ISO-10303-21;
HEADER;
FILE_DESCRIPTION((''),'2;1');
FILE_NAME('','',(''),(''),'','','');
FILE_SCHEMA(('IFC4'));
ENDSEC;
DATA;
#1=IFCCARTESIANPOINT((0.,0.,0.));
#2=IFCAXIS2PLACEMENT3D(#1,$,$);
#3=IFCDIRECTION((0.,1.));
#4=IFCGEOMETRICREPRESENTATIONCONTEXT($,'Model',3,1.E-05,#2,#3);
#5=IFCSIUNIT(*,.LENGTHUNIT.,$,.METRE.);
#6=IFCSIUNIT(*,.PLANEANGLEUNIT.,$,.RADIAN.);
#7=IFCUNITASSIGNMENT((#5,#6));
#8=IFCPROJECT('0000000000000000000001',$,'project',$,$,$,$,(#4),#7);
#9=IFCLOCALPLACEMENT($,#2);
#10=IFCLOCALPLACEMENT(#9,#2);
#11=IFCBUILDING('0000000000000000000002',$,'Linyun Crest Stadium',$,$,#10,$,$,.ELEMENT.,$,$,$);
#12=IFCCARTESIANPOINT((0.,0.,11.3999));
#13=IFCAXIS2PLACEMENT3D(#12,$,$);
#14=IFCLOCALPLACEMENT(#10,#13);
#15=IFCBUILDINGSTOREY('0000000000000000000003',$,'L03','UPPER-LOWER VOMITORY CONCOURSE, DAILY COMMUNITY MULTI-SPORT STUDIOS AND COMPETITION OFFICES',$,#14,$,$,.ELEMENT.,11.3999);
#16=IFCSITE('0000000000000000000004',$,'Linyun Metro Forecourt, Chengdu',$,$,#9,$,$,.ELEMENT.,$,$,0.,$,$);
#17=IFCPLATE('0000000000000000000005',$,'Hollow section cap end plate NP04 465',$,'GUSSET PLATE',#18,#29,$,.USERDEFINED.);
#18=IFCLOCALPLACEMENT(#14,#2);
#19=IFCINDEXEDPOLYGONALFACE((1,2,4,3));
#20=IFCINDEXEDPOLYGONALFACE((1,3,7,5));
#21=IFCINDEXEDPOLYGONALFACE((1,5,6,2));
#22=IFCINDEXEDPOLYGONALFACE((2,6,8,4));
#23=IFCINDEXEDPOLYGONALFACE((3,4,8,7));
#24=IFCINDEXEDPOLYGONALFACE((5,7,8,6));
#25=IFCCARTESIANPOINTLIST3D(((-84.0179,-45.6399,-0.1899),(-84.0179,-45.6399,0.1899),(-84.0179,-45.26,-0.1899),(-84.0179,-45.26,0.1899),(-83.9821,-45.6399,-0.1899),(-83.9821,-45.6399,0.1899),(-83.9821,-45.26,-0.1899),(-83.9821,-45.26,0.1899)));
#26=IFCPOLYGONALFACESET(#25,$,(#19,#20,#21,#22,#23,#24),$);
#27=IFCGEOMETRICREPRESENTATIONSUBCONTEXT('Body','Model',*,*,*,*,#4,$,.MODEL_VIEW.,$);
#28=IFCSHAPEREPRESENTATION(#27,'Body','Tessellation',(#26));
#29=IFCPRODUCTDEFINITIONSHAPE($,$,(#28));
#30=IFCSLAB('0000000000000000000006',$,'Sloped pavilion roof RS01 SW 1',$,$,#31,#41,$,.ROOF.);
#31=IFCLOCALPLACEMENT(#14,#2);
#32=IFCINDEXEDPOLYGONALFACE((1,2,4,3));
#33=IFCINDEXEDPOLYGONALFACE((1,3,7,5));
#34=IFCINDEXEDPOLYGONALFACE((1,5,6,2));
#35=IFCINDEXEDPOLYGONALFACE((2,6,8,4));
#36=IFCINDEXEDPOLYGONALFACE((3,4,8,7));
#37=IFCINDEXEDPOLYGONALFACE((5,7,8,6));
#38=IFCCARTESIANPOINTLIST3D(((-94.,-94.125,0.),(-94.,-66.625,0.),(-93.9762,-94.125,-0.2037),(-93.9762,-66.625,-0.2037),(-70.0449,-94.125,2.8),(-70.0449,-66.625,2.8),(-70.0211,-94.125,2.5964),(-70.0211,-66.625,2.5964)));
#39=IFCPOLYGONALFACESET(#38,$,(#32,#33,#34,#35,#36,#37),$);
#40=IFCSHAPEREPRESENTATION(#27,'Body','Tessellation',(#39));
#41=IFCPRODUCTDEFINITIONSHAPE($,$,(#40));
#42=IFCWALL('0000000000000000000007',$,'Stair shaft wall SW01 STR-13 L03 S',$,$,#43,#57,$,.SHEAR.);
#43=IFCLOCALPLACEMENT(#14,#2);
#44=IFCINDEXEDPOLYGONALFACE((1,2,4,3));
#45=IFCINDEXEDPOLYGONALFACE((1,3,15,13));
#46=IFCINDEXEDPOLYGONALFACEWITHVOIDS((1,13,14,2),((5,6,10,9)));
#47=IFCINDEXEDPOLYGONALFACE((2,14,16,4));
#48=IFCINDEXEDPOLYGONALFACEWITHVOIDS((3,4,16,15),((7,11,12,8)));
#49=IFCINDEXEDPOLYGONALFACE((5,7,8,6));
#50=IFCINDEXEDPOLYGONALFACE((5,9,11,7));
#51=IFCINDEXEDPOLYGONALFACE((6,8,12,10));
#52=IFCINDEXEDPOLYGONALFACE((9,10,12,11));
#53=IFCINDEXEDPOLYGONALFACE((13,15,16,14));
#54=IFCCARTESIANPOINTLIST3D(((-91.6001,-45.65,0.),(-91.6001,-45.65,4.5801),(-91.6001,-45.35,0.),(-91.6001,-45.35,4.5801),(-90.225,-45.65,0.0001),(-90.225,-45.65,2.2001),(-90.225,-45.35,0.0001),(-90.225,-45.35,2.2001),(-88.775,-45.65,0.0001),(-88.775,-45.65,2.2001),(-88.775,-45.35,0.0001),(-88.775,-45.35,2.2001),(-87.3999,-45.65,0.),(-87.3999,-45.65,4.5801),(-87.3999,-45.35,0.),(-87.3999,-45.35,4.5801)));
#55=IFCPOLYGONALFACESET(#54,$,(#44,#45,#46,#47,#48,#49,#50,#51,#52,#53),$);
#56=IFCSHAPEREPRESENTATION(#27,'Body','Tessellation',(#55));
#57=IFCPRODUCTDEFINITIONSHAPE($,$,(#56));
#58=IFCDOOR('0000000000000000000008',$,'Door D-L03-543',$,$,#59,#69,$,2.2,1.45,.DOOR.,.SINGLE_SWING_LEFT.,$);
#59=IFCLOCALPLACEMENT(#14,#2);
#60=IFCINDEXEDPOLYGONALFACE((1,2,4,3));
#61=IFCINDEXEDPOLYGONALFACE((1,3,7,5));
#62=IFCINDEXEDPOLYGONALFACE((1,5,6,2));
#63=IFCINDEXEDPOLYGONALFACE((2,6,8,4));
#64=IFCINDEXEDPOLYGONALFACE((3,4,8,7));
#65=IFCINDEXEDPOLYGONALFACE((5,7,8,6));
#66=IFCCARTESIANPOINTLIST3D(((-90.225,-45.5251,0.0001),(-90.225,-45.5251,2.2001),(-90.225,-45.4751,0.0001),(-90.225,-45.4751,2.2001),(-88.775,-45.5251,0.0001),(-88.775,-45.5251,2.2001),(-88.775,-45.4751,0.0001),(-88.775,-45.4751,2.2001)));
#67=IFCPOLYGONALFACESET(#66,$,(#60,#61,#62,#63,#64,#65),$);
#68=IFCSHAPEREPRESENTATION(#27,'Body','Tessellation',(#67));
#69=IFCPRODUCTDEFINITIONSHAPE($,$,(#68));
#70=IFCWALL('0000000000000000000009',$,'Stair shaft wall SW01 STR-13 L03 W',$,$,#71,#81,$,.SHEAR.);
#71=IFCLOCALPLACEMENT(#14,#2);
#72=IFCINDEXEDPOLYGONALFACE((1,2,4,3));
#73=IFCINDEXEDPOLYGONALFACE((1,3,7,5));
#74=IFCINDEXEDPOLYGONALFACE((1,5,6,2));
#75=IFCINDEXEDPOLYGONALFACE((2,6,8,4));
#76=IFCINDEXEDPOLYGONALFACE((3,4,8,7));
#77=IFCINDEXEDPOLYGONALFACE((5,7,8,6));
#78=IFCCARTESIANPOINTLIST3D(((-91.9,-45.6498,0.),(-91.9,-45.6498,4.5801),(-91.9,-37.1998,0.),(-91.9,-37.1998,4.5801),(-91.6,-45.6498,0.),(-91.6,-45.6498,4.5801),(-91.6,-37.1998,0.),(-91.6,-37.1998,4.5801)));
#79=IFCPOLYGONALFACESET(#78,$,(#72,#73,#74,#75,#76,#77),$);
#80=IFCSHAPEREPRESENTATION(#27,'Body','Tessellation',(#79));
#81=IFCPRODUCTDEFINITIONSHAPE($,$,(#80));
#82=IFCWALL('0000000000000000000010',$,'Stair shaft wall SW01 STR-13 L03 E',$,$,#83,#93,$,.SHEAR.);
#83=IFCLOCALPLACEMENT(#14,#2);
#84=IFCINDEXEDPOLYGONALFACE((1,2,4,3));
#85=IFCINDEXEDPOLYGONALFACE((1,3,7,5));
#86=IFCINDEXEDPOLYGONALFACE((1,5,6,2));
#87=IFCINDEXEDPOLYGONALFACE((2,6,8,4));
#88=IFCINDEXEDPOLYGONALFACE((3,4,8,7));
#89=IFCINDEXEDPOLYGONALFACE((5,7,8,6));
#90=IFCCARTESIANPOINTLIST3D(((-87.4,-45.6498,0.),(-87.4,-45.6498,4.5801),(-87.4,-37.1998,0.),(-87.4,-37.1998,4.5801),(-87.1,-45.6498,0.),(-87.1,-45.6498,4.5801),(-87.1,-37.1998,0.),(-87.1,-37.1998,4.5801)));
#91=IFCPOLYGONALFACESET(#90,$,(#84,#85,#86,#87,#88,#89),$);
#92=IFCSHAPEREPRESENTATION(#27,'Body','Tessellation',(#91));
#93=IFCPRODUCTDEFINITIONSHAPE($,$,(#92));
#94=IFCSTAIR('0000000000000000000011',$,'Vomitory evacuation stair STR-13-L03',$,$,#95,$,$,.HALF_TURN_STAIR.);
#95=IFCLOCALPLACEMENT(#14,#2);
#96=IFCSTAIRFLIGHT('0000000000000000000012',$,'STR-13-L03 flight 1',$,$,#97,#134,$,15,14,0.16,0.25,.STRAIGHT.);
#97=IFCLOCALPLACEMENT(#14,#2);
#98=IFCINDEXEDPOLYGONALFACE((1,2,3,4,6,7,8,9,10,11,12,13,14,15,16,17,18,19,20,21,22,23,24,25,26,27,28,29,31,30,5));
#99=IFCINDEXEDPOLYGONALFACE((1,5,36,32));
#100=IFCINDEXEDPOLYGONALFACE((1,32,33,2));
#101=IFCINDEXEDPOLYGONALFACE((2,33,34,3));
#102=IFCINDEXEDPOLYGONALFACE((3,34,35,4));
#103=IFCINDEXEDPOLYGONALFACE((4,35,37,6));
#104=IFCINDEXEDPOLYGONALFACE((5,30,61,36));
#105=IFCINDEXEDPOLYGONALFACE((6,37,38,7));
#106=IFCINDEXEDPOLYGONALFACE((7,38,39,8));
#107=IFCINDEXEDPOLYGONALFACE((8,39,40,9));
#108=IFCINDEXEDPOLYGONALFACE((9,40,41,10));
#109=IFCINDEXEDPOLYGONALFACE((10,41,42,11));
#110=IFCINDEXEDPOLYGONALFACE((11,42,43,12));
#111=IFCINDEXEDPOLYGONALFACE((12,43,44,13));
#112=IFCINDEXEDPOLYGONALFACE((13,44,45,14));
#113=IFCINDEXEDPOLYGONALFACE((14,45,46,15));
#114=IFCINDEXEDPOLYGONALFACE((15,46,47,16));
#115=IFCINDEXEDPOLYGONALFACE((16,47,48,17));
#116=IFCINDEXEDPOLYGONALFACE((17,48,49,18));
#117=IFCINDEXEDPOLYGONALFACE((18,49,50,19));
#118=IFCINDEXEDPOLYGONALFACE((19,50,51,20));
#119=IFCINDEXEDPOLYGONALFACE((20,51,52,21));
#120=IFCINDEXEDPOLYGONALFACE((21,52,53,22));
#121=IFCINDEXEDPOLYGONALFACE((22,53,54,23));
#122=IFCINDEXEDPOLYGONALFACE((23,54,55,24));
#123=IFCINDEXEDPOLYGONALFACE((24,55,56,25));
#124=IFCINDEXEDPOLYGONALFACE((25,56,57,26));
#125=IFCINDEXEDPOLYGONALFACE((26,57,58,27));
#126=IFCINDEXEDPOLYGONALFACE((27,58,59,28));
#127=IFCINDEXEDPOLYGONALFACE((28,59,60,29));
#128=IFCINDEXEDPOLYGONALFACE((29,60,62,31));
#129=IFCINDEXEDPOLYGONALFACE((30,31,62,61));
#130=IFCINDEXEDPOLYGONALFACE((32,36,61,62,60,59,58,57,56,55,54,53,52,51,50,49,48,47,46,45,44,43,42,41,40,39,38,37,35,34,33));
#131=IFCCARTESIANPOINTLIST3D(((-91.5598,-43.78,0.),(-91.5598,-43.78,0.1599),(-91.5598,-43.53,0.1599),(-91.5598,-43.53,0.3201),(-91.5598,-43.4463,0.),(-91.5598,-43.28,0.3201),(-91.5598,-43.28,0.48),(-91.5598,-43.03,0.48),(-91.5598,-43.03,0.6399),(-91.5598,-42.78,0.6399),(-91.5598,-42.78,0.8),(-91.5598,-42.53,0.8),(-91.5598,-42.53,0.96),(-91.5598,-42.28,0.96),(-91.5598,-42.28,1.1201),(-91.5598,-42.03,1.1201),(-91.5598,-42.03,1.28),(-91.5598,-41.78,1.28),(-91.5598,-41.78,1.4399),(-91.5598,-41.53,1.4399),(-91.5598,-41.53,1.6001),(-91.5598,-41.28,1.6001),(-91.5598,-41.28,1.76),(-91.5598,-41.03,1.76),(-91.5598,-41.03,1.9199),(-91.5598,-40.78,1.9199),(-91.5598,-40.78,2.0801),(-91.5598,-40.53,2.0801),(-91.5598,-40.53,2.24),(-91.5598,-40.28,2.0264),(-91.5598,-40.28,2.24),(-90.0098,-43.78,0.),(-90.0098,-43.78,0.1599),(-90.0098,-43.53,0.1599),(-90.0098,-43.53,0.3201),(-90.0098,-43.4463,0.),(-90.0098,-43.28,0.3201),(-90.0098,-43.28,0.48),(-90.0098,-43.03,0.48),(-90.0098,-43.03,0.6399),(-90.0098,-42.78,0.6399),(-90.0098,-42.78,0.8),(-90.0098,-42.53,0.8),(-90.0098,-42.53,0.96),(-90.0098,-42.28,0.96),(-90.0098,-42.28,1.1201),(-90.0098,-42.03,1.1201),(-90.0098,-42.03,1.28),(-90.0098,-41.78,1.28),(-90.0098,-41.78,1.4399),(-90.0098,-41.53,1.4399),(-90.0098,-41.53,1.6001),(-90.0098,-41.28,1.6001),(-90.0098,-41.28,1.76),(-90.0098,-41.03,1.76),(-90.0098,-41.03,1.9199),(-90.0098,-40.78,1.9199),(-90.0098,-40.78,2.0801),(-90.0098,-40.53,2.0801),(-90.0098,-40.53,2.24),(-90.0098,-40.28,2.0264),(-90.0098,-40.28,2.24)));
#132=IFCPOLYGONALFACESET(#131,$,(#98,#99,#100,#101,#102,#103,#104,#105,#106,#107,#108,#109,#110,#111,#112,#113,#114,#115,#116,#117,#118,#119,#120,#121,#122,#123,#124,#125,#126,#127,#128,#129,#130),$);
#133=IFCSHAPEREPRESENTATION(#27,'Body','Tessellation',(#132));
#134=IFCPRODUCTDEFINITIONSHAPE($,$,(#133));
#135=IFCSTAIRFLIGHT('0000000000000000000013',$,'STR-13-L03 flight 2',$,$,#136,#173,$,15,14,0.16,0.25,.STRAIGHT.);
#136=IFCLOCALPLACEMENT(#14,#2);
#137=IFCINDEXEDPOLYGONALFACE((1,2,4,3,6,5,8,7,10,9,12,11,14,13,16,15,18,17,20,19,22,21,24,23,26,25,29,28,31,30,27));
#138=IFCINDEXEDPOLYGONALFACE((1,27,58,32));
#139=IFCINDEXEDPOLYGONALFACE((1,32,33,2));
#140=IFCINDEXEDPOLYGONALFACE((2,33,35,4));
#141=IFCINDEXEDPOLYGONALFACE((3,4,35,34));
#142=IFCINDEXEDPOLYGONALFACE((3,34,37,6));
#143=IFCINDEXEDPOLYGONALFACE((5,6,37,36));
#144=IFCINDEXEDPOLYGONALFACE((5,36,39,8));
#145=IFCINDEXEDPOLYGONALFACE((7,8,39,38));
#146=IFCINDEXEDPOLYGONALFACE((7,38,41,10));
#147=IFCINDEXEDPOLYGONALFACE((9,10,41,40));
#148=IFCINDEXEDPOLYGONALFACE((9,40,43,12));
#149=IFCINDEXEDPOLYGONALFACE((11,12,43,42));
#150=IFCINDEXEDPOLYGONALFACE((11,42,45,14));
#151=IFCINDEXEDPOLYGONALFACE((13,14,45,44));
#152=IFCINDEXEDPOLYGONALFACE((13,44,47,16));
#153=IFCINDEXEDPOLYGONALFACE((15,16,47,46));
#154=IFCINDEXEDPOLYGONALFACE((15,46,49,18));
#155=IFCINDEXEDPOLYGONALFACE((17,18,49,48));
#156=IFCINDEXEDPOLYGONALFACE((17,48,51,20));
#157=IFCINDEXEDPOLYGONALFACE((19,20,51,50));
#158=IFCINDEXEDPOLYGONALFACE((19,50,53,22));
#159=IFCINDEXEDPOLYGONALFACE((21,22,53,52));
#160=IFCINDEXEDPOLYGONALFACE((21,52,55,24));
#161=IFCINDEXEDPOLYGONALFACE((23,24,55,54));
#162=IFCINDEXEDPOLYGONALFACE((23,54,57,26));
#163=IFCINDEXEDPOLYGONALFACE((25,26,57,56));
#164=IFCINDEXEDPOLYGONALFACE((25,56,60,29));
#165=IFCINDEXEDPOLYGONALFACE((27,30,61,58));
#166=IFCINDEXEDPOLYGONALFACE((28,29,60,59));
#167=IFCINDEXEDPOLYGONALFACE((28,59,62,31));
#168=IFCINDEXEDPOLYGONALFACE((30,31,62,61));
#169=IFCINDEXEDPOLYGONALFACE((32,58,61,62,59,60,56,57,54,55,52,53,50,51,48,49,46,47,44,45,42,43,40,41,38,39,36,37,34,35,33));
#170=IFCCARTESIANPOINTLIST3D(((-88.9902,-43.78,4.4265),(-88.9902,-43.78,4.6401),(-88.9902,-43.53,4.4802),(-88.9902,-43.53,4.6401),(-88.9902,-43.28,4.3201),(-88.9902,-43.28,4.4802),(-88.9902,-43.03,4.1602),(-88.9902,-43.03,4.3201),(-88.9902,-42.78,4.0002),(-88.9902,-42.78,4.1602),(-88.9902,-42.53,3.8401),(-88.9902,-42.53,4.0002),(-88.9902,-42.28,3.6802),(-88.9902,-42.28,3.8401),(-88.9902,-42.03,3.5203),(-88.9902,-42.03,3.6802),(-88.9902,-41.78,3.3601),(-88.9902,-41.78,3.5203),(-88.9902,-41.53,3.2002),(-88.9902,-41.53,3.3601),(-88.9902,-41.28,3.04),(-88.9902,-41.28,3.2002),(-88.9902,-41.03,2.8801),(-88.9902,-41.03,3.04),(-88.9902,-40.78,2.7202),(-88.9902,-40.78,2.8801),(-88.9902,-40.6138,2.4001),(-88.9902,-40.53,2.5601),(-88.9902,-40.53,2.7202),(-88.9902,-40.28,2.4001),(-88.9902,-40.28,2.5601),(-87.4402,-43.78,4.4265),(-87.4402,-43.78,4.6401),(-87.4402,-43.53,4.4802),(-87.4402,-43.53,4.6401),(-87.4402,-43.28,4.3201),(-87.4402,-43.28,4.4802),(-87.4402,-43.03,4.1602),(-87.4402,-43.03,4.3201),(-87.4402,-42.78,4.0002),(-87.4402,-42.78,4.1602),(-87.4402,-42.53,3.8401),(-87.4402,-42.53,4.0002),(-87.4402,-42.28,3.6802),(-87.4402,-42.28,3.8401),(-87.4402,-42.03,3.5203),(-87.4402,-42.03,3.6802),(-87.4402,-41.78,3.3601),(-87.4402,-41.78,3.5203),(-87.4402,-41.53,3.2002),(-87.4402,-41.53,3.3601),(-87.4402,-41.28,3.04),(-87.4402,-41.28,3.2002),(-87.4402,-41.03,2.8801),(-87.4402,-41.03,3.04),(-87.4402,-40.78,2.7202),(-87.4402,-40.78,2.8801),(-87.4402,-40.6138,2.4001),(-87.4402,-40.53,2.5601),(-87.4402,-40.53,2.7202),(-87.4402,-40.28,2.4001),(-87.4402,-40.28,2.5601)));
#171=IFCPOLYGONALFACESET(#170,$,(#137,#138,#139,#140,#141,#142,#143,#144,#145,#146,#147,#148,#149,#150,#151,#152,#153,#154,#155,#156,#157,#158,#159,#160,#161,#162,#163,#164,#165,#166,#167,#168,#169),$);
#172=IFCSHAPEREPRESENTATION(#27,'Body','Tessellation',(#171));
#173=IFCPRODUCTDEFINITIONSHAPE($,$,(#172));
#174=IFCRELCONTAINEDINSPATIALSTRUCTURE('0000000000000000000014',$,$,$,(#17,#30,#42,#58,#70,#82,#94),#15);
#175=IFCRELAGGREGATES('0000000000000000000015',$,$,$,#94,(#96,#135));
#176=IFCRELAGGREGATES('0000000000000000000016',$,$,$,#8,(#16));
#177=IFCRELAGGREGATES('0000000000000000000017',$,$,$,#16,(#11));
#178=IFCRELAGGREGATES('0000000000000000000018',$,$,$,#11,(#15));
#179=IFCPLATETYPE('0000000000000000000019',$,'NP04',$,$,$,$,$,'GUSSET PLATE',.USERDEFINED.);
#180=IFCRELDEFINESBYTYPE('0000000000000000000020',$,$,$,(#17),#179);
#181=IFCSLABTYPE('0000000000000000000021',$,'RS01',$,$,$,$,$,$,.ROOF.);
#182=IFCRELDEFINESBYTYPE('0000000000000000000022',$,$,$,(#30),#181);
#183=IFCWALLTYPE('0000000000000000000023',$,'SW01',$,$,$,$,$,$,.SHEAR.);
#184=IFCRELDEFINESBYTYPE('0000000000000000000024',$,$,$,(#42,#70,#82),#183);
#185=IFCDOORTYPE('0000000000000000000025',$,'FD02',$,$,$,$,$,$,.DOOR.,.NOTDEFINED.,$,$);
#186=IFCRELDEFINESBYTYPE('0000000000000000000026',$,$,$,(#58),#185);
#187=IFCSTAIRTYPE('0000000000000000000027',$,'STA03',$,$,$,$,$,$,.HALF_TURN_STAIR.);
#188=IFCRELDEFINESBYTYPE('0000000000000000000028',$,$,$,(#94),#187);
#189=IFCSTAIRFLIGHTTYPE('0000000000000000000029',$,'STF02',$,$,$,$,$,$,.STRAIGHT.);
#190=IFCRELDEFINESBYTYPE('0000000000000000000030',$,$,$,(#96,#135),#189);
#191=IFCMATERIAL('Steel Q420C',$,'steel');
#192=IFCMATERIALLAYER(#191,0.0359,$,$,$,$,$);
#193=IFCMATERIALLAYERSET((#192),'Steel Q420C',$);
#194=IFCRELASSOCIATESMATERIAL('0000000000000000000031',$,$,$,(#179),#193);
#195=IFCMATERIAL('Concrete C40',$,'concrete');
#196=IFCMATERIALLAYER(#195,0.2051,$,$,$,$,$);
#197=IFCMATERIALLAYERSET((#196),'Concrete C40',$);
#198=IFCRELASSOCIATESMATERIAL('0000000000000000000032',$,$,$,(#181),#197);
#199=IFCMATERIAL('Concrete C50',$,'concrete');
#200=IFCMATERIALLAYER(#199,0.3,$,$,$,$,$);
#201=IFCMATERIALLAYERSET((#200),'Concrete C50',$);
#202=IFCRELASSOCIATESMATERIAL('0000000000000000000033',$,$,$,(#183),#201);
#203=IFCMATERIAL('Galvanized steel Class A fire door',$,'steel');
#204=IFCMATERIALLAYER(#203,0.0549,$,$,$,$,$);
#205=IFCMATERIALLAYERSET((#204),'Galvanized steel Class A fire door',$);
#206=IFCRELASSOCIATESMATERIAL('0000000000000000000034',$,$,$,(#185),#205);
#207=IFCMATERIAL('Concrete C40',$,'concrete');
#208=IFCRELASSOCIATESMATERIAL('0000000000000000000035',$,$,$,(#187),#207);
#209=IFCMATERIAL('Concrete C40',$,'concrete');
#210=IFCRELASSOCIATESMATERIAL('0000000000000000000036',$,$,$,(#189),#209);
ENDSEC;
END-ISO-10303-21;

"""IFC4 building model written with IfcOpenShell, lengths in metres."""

from ifc_helpers import new_model, si_unit, direction, frame, frame_2d, origin, origin_2d, place, context, subcontext, project, spatial, polyline, rectangle, outline, extrude, material, layer, layer_set, type_object, element, fill, aggregate, save


model = new_model("IFC4")

# Units and contexts
model_context = context("Model", 3, precision=1e-05, world=origin(), true_north=direction((0.0, 1.0)))
body_context = subcontext(model_context, "Body", "Model", "MODEL_VIEW")
ifc_project = project(units=[si_unit("LENGTHUNIT", "METRE"), si_unit("PLANEANGLEUNIT", "RADIAN")], contexts=[model_context])

# Site, building, storey
site_placement = place(None, origin())
site = spatial("IfcSite", under=ifc_project, at=site_placement, Name="Linyun Metro Forecourt, Chengdu", CompositionType="ELEMENT", RefElevation=0.0)
building_placement = place(site_placement, origin())
building = spatial("IfcBuilding", under=site, at=building_placement, Name="Linyun Crest Stadium", CompositionType="ELEMENT")
storey_placement = place(building_placement, frame((0.0, 0.0, 11.3999)))
storey = spatial("IfcBuildingStorey", under=building, at=storey_placement, Name="L03", Description="UPPER-LOWER VOMITORY CONCOURSE, DAILY COMMUNITY MULTI-SPORT STUDIOS AND COMPETITION OFFICES", CompositionType="ELEMENT", Elevation=11.3999)

# Plate
ifc_material_1 = material(Name="Steel Q420C", Category="steel")
ifc_layer_1 = layer(ifc_material_1, 0.0359)
ifc_layer_set_1 = layer_set([ifc_layer_1], Name="Steel Q420C")
plate_type_1 = type_object("IfcPlateType", Name="NP04", ElementType="GUSSET PLATE", PredefinedType="USERDEFINED", material=ifc_layer_set_1)
plate_1_placement = place(storey_placement, frame((-84.0, -45.45, -0.1899), z_axis=(0.0, 0.0, 1.0), x_axis=(0.0, 1.0, 0.0)))
element("IfcPlate", 1, at=plate_1_placement, inside=storey, type_object=plate_type_1, Name="Hollow section cap end plate NP04 465", ObjectType="GUSSET PLATE", PredefinedType="USERDEFINED", context=body_context, shape_type="SweptSolid", body=[
    extrude(rectangle(XDim=0.3799, YDim=0.0359, at=origin_2d()), origin(), (0.0, 0.0, 1.0), 0.3799),
])

# Slab
ifc_material_2 = material(Name="Concrete C40", Category="concrete")
ifc_layer_2 = layer(ifc_material_2, 0.2051)
ifc_layer_set_2 = layer_set([ifc_layer_2], Name="Concrete C40")
slab_type = type_object("IfcSlabType", Name="RS01", PredefinedType="ROOF", material=ifc_layer_set_2)
slab_placement = place(storey_placement, frame((-94.0, -94.125, 0.0), z_axis=(-0.116097, 0.0, 0.993238), x_axis=(0.993238, 0.0, 0.116097)))
element("IfcSlab", 2, at=slab_placement, inside=storey, type_object=slab_type, Name="Sloped pavilion roof RS01 SW 1", PredefinedType="ROOF", context=body_context, shape_type="SweptSolid", body=[
    extrude(outline(polyline([(0.0, 0.0), (24.1182, 0.0), (24.1182, 27.5), (0.0, 27.5), (0.0, 0.0)])), origin(), (0.0, 0.0, -1.0), 0.2051),
])

# Wall, opening, door
ifc_material_3 = material(Name="Concrete C50", Category="concrete")
ifc_layer_3 = layer(ifc_material_3, 0.3)
ifc_layer_set_3 = layer_set([ifc_layer_3], Name="Concrete C50")
wall_type = type_object("IfcWallType", Name="SW01", PredefinedType="SHEAR", material=ifc_layer_set_3)
wall_placement = place(storey_placement, frame((-91.6001, -45.5, 0.0), z_axis=(0.0, 0.0, 1.0), x_axis=(1.0, 0.0, 0.0)))
wall = element("IfcWall", 3, at=wall_placement, inside=storey, type_object=wall_type, Name="Stair shaft wall SW01 STR-13 L03 S", PredefinedType="SHEAR", context=body_context, shape_type="SweptSolid", body=[
    extrude(rectangle(XDim=4.2002, YDim=0.3, at=frame_2d((2.1001, 0.0))), origin(), (0.0, 0.0, 1.0), 4.5801),
])
opening_placement = place(wall_placement, frame((1.375, 0.0, 0.0)))
opening = element("IfcOpeningElement", 4, at=opening_placement, cuts=wall, PredefinedType="OPENING", context=body_context, shape_type="SweptSolid", body=[
    extrude(rectangle(XDim=1.45, YDim=2.2, at=frame_2d((0.7251, 1.1001))), frame((0.0, 0.1599, 0.0), z_axis=(0.0, -1.0, 0.0), x_axis=(1.0, 0.0, 0.0)), (0.0, 0.0, 1.0), 0.3201),
])
ifc_material_4 = material(Name="Galvanized steel Class A fire door", Category="steel")
ifc_layer_4 = layer(ifc_material_4, 0.0549)
ifc_layer_set_4 = layer_set([ifc_layer_4], Name="Galvanized steel Class A fire door")
door_type = type_object("IfcDoorType", Name="FD02", OperationType="NOTDEFINED", PredefinedType="DOOR", material=ifc_layer_set_4)
door_placement = place(opening_placement, origin())
door = element("IfcDoor", 5, at=door_placement, inside=storey, type_object=door_type, Name="Door D-L03-543", OperationType="SINGLE_SWING_LEFT", OverallHeight=2.2, OverallWidth=1.45, PredefinedType="DOOR", context=body_context, shape_type="SweptSolid", body=[
    extrude(rectangle(XDim=1.45, YDim=2.2, at=frame_2d((0.7251, 1.1001))), frame((0.0, 0.0249, 0.0), z_axis=(0.0, -1.0, 0.0), x_axis=(1.0, 0.0, 0.0)), (0.0, 0.0, 1.0), 0.05),
])
fill(opening, door)

# Walls
for number, where, z_axis, x_axis, name in (
    (6, (-91.75, -45.6499, 0.0), (0.0, 0.0, 1.0), (0.0, 1.0, 0.0), "Stair shaft wall SW01 STR-13 L03 W"),
    (7, (-87.25, -45.6499, 0.0), (0.0, 0.0, 1.0), (0.0, 1.0, 0.0), "Stair shaft wall SW01 STR-13 L03 E"),
):
    element("IfcWall", number, at=place(storey_placement, frame(where, z_axis=z_axis, x_axis=x_axis)), inside=storey, type_object=wall_type, Name=name, PredefinedType="SHEAR", context=body_context, shape_type="SweptSolid", body=[
        extrude(rectangle(XDim=8.45, YDim=0.3, at=frame_2d((4.2251, 0.0))), origin(), (0.0, 0.0, 1.0), 4.5801),
    ])

# Stair, stair flights
ifc_material_5 = material(Name="Concrete C40", Category="concrete")
stair_type = type_object("IfcStairType", Name="STA03", PredefinedType="HALF_TURN_STAIR", material=ifc_material_5)
stair_placement = place(storey_placement, origin())
stair = element("IfcStair", 8, at=stair_placement, inside=storey, type_object=stair_type, Name="Vomitory evacuation stair STR-13-L03", PredefinedType="HALF_TURN_STAIR")
ifc_material_6 = material(Name="Concrete C40", Category="concrete")
stair_flight_type = type_object("IfcStairFlightType", Name="STF02", PredefinedType="STRAIGHT", material=ifc_material_6)
stair_flight_1_placement = place(storey_placement, frame((-90.7849, -43.78, 0.0), z_axis=(0.0, 0.0, 1.0), x_axis=(0.0, 1.0, 0.0)))
stair_flight_1 = element("IfcStairFlight", 9, at=stair_flight_1_placement, type_object=stair_flight_type, Name="STR-13-L03 flight 1", NumberOfRisers=15, NumberOfTreads=14, PredefinedType="STRAIGHT", RiserHeight=0.16, TreadLength=0.25, context=body_context, shape_type="SweptSolid", body=[
    extrude(outline(polyline([(0.0, 0.0), (0.0, 0.1599), (0.25, 0.1599), (0.25, 0.3201), (0.5, 0.3201), (0.5, 0.48), (0.75, 0.48), (0.75, 0.6399), (1.0, 0.6399), (1.0, 0.8), (1.25, 0.8), (1.25, 0.96), (1.5, 0.96), (1.5, 1.1201), (1.75, 1.1201), (1.75, 1.28), (2.0, 1.28), (2.0, 1.4399), (2.25, 1.4399), (2.25, 1.6001), (2.5, 1.6001), (2.5, 1.76), (2.75, 1.76), (2.75, 1.9199), (3.0, 1.9199), (3.0, 2.0801), (3.25, 2.0801), (3.25, 2.24), (3.5, 2.24), (3.5, 2.3999), (3.5, 2.0264), (0.3337, 0.0), (0.0, 0.0)])), frame((0.0, 0.7749, 0.0), z_axis=(0.0, -1.0, 0.0), x_axis=(1.0, 0.0, 0.0)), (0.0, 0.0, 1.0), 1.55),
])
stair_flight_2_placement = place(storey_placement, frame((-88.2151, -40.28, 2.4001), z_axis=(0.0, 0.0, 1.0), x_axis=(0.0, -1.0, 0.0)))
stair_flight_2 = element("IfcStairFlight", 10, at=stair_flight_2_placement, type_object=stair_flight_type, Name="STR-13-L03 flight 2", NumberOfRisers=15, NumberOfTreads=14, PredefinedType="STRAIGHT", RiserHeight=0.16, TreadLength=0.25, context=body_context, shape_type="SweptSolid", body=[
    extrude(outline(polyline([(0.0, 0.0), (0.0, 0.1599), (0.25, 0.1599), (0.25, 0.3201), (0.5, 0.3201), (0.5, 0.48), (0.75, 0.48), (0.75, 0.6399), (1.0, 0.6399), (1.0, 0.8), (1.25, 0.8), (1.25, 0.96), (1.5, 0.96), (1.5, 1.1201), (1.75, 1.1201), (1.75, 1.28), (2.0, 1.28), (2.0, 1.4399), (2.25, 1.4399), (2.25, 1.6001), (2.5, 1.6001), (2.5, 1.76), (2.75, 1.76), (2.75, 1.9199), (3.0, 1.9199), (3.0, 2.0801), (3.25, 2.0801), (3.25, 2.24), (3.5, 2.24), (3.5, 2.3999), (3.5, 2.0264), (0.3337, 0.0), (0.0, 0.0)])), frame((0.0, 0.7749, 0.0), z_axis=(0.0, -1.0, 0.0), x_axis=(1.0, 0.0, 0.0)), (0.0, 0.0, 1.0), 1.55),
])
aggregate(stair, [stair_flight_1, stair_flight_2])

save(model, "model.ifc")
